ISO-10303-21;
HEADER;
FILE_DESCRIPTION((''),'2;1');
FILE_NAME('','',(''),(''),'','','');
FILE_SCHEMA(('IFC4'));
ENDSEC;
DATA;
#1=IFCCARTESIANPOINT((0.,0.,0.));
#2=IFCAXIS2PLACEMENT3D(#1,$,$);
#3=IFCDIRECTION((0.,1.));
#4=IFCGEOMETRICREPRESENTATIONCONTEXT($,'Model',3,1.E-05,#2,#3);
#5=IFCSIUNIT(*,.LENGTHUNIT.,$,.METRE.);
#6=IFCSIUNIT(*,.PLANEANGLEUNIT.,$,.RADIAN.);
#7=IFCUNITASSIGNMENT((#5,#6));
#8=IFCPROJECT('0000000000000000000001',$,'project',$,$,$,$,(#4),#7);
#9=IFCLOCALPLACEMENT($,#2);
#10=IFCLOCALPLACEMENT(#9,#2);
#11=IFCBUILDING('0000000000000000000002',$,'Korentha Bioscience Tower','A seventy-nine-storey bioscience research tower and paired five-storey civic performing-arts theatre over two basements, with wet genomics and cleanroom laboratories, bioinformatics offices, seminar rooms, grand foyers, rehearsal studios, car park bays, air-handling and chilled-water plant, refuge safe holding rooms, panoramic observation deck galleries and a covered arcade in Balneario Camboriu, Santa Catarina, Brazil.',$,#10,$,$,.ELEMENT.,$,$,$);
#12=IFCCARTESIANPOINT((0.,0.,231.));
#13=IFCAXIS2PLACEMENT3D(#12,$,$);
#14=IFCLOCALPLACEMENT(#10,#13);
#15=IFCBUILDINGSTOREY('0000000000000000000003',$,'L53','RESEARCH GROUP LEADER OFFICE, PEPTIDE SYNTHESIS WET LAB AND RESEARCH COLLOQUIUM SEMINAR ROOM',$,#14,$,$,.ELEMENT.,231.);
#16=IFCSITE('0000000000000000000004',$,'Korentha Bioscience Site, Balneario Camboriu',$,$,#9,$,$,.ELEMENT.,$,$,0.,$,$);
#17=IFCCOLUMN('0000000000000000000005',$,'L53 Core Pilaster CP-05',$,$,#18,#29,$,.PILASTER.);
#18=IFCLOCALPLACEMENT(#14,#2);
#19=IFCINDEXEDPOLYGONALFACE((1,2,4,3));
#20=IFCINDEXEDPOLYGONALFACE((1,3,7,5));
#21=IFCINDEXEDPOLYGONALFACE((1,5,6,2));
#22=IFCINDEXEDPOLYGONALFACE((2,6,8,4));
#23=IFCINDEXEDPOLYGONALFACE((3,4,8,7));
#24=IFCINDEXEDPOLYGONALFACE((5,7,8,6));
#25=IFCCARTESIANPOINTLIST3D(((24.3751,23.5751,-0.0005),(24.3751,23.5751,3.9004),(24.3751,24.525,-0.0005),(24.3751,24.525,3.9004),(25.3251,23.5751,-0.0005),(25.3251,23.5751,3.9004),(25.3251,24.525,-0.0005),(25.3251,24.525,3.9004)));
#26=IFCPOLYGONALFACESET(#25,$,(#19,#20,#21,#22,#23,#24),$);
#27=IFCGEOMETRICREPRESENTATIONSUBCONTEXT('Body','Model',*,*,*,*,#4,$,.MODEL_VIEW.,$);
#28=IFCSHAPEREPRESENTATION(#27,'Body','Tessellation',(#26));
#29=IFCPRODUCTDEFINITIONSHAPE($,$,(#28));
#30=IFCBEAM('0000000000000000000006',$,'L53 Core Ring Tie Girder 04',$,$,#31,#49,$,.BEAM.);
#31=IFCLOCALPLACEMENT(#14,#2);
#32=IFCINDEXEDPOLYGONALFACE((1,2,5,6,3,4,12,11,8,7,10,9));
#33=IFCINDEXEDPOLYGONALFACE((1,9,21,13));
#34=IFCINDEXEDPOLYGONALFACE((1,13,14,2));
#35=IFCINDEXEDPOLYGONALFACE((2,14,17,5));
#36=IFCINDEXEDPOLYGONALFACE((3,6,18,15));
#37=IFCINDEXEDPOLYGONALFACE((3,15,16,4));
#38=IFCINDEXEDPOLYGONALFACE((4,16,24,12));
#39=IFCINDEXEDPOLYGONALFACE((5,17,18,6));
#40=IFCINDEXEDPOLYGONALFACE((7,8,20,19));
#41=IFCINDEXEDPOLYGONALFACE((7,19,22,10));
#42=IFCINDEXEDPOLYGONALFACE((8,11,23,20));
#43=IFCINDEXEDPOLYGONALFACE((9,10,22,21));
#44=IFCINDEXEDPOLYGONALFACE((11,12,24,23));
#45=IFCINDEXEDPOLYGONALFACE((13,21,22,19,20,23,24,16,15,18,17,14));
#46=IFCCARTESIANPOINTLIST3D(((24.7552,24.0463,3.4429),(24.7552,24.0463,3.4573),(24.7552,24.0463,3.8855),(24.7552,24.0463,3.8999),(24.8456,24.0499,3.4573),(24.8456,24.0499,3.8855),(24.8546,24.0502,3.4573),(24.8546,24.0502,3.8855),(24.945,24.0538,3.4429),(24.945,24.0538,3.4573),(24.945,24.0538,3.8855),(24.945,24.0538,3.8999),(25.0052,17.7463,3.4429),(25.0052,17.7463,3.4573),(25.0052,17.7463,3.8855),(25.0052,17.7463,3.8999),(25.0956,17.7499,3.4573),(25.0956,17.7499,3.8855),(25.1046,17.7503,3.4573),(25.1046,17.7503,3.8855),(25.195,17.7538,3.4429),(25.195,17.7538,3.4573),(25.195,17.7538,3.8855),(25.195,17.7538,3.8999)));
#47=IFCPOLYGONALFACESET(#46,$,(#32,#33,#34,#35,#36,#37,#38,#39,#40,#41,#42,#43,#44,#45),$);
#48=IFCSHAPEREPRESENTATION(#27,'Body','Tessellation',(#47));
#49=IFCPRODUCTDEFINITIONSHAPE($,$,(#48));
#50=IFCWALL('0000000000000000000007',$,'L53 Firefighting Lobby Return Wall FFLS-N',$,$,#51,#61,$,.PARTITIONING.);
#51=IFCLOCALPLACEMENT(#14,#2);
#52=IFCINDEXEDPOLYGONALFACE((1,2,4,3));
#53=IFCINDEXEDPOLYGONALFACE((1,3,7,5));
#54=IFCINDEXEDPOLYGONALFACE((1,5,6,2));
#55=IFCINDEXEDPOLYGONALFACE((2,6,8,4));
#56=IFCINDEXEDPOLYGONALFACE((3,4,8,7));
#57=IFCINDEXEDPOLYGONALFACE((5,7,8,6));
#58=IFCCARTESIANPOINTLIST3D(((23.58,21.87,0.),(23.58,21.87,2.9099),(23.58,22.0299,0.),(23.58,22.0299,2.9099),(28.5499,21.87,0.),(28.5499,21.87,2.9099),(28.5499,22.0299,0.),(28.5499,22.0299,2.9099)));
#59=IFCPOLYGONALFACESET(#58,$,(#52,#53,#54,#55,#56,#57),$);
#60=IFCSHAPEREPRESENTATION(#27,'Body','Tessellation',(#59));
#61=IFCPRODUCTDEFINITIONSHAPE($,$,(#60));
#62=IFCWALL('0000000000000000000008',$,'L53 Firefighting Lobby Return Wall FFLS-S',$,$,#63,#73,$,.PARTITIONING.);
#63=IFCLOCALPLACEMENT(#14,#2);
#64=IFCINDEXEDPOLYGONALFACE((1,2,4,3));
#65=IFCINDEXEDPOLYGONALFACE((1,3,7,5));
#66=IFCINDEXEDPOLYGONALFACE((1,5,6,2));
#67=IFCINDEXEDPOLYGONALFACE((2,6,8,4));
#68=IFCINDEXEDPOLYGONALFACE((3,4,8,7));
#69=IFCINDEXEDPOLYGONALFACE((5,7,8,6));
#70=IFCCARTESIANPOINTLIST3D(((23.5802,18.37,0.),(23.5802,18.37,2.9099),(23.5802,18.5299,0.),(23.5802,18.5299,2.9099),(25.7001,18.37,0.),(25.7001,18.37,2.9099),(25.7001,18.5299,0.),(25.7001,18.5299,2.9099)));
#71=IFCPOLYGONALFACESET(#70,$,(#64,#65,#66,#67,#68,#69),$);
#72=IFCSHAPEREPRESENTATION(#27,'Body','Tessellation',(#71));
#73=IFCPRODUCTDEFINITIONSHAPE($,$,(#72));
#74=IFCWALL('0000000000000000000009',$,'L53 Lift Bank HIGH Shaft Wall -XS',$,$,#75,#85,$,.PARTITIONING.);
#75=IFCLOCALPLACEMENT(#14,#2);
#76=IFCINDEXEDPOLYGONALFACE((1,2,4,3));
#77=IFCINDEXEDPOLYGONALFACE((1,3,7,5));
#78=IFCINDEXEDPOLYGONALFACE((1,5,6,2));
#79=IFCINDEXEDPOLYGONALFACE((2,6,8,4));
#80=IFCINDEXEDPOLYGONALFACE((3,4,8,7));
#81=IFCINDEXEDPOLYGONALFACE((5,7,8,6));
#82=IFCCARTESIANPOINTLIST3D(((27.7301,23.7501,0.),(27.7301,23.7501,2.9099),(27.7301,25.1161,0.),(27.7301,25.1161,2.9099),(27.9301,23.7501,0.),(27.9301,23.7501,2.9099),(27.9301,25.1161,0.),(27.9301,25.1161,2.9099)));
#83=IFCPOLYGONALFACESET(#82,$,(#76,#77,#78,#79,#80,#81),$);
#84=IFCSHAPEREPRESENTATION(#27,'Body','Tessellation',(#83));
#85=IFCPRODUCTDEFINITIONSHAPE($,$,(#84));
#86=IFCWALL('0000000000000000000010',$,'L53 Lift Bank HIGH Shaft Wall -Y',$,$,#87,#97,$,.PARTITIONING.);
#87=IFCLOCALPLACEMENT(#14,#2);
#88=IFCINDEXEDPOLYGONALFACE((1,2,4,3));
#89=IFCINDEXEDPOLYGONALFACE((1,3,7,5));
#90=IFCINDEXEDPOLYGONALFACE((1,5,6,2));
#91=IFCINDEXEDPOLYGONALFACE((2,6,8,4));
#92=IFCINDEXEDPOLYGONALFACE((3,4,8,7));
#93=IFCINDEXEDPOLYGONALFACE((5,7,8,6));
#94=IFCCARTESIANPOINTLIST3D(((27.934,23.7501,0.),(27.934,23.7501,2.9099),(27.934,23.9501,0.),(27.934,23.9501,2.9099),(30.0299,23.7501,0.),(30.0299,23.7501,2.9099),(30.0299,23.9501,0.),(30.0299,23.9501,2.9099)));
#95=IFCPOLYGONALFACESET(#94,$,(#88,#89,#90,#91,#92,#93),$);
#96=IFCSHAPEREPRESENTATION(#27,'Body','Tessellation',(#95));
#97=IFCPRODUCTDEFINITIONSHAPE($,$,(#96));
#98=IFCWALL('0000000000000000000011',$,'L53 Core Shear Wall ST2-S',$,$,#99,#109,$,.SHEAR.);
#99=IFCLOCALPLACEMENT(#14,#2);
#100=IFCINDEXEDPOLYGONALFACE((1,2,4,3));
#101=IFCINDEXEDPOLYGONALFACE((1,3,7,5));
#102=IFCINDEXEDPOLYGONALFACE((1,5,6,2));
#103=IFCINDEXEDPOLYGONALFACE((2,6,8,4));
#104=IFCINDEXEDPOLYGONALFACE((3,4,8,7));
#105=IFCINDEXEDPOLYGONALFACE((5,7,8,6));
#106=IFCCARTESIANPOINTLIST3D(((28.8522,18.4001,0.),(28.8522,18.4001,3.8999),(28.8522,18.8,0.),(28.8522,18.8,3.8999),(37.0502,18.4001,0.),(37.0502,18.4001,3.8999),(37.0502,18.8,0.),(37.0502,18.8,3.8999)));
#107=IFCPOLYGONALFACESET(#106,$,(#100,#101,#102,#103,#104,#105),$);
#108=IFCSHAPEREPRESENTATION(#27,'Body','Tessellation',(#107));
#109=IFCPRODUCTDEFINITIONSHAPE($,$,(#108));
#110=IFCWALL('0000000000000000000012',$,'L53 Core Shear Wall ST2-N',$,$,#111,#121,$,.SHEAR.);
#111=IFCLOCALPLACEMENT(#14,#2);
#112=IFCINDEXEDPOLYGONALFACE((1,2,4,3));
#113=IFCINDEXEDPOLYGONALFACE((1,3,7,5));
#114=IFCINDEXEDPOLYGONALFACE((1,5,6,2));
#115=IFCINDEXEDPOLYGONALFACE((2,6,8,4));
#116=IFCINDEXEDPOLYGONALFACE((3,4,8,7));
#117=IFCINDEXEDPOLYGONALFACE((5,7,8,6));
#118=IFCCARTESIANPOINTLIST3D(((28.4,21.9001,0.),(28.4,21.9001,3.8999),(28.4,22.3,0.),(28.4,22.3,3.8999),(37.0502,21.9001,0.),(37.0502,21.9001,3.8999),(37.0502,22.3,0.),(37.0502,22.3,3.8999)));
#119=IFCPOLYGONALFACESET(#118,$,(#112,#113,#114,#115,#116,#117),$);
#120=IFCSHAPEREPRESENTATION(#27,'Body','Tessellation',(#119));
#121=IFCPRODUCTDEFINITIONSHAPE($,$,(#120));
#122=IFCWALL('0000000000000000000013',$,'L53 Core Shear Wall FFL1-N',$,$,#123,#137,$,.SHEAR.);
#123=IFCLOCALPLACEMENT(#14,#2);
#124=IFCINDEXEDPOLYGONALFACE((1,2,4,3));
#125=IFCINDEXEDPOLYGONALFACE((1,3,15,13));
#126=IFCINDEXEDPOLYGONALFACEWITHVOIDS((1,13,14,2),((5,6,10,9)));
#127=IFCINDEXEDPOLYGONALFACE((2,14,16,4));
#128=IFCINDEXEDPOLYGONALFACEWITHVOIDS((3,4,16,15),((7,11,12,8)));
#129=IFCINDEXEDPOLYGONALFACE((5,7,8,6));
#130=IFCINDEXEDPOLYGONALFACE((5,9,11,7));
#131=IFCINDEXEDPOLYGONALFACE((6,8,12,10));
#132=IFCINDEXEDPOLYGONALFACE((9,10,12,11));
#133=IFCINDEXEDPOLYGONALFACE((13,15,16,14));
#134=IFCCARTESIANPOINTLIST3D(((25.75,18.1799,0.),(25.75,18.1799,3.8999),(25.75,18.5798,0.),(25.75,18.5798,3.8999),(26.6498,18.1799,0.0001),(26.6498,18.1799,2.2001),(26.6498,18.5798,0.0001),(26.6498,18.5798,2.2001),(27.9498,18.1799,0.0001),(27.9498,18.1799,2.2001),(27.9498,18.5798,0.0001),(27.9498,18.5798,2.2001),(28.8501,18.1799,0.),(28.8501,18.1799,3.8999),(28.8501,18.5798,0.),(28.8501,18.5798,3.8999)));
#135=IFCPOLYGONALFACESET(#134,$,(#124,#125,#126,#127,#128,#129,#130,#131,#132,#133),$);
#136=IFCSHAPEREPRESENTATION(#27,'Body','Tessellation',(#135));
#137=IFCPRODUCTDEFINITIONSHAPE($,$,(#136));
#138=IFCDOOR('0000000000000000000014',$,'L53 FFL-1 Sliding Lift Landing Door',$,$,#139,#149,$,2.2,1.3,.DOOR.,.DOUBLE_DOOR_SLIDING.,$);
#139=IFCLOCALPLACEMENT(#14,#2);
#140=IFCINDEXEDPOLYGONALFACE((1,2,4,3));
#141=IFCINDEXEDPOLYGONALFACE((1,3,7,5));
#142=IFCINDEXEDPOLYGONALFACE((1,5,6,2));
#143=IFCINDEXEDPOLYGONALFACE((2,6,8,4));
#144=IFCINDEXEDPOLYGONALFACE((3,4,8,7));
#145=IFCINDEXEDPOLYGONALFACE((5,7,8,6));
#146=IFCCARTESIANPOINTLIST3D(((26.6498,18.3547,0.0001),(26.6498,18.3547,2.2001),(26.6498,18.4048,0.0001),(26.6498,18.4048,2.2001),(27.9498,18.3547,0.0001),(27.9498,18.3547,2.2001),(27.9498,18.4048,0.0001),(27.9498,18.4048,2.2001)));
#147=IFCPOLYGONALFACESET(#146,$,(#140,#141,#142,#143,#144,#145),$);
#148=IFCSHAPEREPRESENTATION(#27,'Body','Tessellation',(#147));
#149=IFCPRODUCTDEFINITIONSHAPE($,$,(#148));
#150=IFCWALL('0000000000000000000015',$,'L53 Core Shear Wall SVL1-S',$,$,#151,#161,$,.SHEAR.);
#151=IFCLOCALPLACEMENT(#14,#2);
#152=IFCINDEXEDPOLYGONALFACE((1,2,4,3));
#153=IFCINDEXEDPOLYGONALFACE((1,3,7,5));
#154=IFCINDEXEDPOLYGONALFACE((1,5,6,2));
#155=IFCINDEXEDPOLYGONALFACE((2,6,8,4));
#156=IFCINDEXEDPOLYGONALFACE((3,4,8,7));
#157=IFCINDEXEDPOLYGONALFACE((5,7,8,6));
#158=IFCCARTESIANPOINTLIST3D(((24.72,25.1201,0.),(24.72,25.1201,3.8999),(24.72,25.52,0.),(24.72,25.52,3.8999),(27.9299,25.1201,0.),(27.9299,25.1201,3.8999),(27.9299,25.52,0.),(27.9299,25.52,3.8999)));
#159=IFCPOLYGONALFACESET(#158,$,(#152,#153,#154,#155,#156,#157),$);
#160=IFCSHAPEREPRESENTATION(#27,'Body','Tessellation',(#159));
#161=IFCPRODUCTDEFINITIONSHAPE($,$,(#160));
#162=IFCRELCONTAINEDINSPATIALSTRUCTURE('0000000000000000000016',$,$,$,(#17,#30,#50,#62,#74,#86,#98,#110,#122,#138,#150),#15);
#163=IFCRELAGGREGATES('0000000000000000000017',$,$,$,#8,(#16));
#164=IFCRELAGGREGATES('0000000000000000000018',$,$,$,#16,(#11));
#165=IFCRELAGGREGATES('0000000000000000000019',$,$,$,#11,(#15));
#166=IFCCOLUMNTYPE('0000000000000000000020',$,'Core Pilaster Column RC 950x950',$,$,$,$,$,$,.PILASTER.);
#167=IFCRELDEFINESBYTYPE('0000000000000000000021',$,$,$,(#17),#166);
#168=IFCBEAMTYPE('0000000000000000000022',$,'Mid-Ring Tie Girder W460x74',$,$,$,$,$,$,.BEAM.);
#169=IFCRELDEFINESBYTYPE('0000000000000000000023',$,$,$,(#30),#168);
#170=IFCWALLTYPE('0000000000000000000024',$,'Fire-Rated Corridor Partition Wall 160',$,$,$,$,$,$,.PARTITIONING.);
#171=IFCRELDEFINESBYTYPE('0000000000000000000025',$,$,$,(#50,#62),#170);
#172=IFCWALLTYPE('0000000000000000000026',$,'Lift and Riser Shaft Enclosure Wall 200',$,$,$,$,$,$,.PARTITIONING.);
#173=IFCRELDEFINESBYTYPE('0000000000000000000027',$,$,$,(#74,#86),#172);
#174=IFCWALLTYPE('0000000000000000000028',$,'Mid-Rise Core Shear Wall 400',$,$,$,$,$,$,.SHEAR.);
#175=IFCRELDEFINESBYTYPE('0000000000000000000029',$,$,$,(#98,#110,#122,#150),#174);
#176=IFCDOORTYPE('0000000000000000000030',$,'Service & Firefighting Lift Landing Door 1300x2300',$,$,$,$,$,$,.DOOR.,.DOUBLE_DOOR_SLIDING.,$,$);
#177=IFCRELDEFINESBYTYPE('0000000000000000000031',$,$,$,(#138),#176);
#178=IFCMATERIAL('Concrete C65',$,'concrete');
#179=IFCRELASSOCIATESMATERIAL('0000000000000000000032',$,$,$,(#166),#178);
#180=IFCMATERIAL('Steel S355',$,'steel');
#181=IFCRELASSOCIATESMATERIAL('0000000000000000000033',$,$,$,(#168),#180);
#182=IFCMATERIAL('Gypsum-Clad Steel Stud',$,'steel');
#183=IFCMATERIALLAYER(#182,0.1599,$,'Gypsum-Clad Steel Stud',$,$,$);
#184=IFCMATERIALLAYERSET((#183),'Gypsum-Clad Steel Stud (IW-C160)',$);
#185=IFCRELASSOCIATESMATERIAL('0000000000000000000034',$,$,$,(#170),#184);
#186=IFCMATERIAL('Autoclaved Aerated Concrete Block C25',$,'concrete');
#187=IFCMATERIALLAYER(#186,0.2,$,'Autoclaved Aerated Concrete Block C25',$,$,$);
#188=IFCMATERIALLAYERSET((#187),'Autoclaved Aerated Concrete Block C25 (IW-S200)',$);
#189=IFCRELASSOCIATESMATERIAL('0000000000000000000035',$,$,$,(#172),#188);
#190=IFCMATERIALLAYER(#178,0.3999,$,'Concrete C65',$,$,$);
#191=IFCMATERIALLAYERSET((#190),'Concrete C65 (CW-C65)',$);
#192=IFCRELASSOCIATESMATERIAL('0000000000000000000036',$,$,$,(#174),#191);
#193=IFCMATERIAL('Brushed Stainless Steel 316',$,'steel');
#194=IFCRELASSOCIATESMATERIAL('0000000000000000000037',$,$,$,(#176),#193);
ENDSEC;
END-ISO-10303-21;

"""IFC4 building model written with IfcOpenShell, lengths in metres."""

from ifc_helpers import new_model, si_unit, direction, frame, frame_2d, origin, origin_2d, place, context, subcontext, project, spatial, rectangle, i_section, extrude, material, layer, layer_set, material_profile, profile_set, type_object, element, fill, save


model = new_model("IFC4")

# Units and contexts
model_context = context("Model", 3, precision=1e-05, world=origin(), true_north=direction((0.0, 1.0)))
body_context = subcontext(model_context, "Body", "Model", "MODEL_VIEW")
ifc_project = project(units=[si_unit("LENGTHUNIT", "METRE"), si_unit("PLANEANGLEUNIT", "RADIAN")], contexts=[model_context])

# Site, building, storey
site_placement = place(None, origin())
site = spatial("IfcSite", under=ifc_project, at=site_placement, Name="Korentha Bioscience Site, Balneario Camboriu", CompositionType="ELEMENT", RefElevation=0.0)
building_placement = place(site_placement, origin())
building = spatial("IfcBuilding", under=site, at=building_placement, Name="Korentha Bioscience Tower", Description="A seventy-nine-storey bioscience research tower and paired five-storey civic performing-arts theatre over two basements, with wet genomics and cleanroom laboratories, bioinformatics offices, seminar rooms, grand foyers, rehearsal studios, car park bays, air-handling and chilled-water plant, refuge safe holding rooms, panoramic observation deck galleries and a covered arcade in Balneario Camboriu, Santa Catarina, Brazil.", CompositionType="ELEMENT")
storey_placement = place(building_placement, frame((0.0, 0.0, 231.0)))
storey = spatial("IfcBuildingStorey", under=building, at=storey_placement, Name="L53", Description="RESEARCH GROUP LEADER OFFICE, PEPTIDE SYNTHESIS WET LAB AND RESEARCH COLLOQUIUM SEMINAR ROOM", CompositionType="ELEMENT", Elevation=231.0)

# Column
ifc_material_1 = material(Name="Concrete C65", Category="concrete")
ifc_material_profile_1 = material_profile(ifc_material_1, rectangle(XDim=0.95, YDim=0.95, at=origin_2d()), Name="Concrete C65")
ifc_profile_set_1 = profile_set([ifc_material_profile_1], Name="Concrete C65 (COL-CP09)")
column_type = type_object("IfcColumnType", Name="Core Pilaster Column RC 950x950", PredefinedType="PILASTER", material=ifc_profile_set_1)
column_placement = place(storey_placement, frame((24.8501, 24.05, -0.0005), z_axis=(0.0, 0.0, 1.0), x_axis=(1.0, 0.0, 0.0)))
element("IfcColumn", 1, at=column_placement, inside=storey, type_object=column_type, Name="L53 Core Pilaster CP-05", PredefinedType="PILASTER", context=body_context, shape_type="SweptSolid", body=[
    extrude(rectangle(XDim=0.95, YDim=0.95, at=origin_2d()), origin(), (0.0, 0.0, 1.0), 3.9009),
])

# Beam
ifc_material_2 = material(Name="Steel S355", Category="steel")
ifc_material_profile_2 = material_profile(ifc_material_2, i_section(OverallWidth=0.1899, OverallDepth=0.457, WebThickness=0.009, FlangeThickness=0.0144, at=origin_2d()), Name="Steel S355")
ifc_profile_set_2 = profile_set([ifc_material_profile_2], Name="Steel S355 (MB-460)")
beam_type = type_object("IfcBeamType", Name="Mid-Ring Tie Girder W460x74", PredefinedType="BEAM", material=ifc_profile_set_2)
beam_placement = place(storey_placement, frame((24.8501, 24.05, 3.6714), z_axis=(0.039651, -0.999214, 0.0), x_axis=(0.999214, 0.039651, 0.0)))
element("IfcBeam", 2, at=beam_placement, inside=storey, type_object=beam_type, Name="L53 Core Ring Tie Girder 04", PredefinedType="BEAM", context=body_context, shape_type="SweptSolid", body=[
    extrude(i_section(OverallWidth=0.1899, OverallDepth=0.457, WebThickness=0.009, FlangeThickness=0.0144, at=origin_2d()), origin(), (0.0, 0.0, 1.0), 6.3049),
])

# Shared definitions
ifc_material_3 = material(Name="Gypsum-Clad Steel Stud", Category="steel")
ifc_layer_1 = layer(ifc_material_3, 0.1599, Name="Gypsum-Clad Steel Stud")
ifc_layer_set_1 = layer_set([ifc_layer_1], Name="Gypsum-Clad Steel Stud (IW-C160)")
wall_type_1 = type_object("IfcWallType", Name="Fire-Rated Corridor Partition Wall 160", PredefinedType="PARTITIONING", material=ifc_layer_set_1)

# Walls
wall_1_placement = place(storey_placement, frame((23.5801, 21.95, 0.0), z_axis=(0.0, 0.0, 1.0), x_axis=(1.0, 0.0, 0.0)))
element("IfcWall", 3, at=wall_1_placement, inside=storey, type_object=wall_type_1, Name="L53 Firefighting Lobby Return Wall FFLS-N", PredefinedType="PARTITIONING", context=body_context, shape_type="SweptSolid", body=[
    extrude(rectangle(XDim=4.97, YDim=0.1599, at=frame_2d((2.4849, 0.0))), origin(), (0.0, 0.0, 1.0), 2.9099),
])
wall_2_placement = place(storey_placement, frame((23.5801, 18.45, 0.0), z_axis=(0.0, 0.0, 1.0), x_axis=(1.0, 0.0, 0.0)))
element("IfcWall", 4, at=wall_2_placement, inside=storey, type_object=wall_type_1, Name="L53 Firefighting Lobby Return Wall FFLS-S", PredefinedType="PARTITIONING", context=body_context, shape_type="SweptSolid", body=[
    extrude(rectangle(XDim=2.1199, YDim=0.1599, at=frame_2d((1.0601, 0.0))), origin(), (0.0, 0.0, 1.0), 2.9099),
])
ifc_material_4 = material(Name="Autoclaved Aerated Concrete Block C25", Category="concrete")
ifc_layer_2 = layer(ifc_material_4, 0.2, Name="Autoclaved Aerated Concrete Block C25")
ifc_layer_set_2 = layer_set([ifc_layer_2], Name="Autoclaved Aerated Concrete Block C25 (IW-S200)")
wall_type_2 = type_object("IfcWallType", Name="Lift and Riser Shaft Enclosure Wall 200", PredefinedType="PARTITIONING", material=ifc_layer_set_2)
wall_3_placement = place(storey_placement, frame((27.8301, 23.75, 0.0), z_axis=(0.0, 0.0, 1.0), x_axis=(0.0, 1.0, 0.0)))
element("IfcWall", 5, at=wall_3_placement, inside=storey, type_object=wall_type_2, Name="L53 Lift Bank HIGH Shaft Wall -XS", PredefinedType="PARTITIONING", context=body_context, shape_type="SweptSolid", body=[
    extrude(rectangle(XDim=1.366, YDim=0.2, at=frame_2d((0.6831, 0.0))), origin(), (0.0, 0.0, 1.0), 2.9099),
])
wall_4_placement = place(storey_placement, frame((27.9341, 23.8501, 0.0), z_axis=(0.0, 0.0, 1.0), x_axis=(1.0, 0.0, 0.0)))
element("IfcWall", 6, at=wall_4_placement, inside=storey, type_object=wall_type_2, Name="L53 Lift Bank HIGH Shaft Wall -Y", PredefinedType="PARTITIONING", context=body_context, shape_type="SweptSolid", body=[
    extrude(rectangle(XDim=2.0959, YDim=0.2, at=frame_2d((1.0479, 0.0))), origin(), (0.0, 0.0, 1.0), 2.9099),
])
ifc_layer_3 = layer(ifc_material_1, 0.3999, Name="Concrete C65")
ifc_layer_set_3 = layer_set([ifc_layer_3], Name="Concrete C65 (CW-C65)")
wall_type_3 = type_object("IfcWallType", Name="Mid-Rise Core Shear Wall 400", PredefinedType="SHEAR", material=ifc_layer_set_3)
wall_5_placement = place(storey_placement, frame((28.8521, 18.6001, 0.0), z_axis=(0.0, 0.0, 1.0), x_axis=(1.0, 0.0, 0.0)))
element("IfcWall", 7, at=wall_5_placement, inside=storey, type_object=wall_type_3, Name="L53 Core Shear Wall ST2-S", PredefinedType="SHEAR", context=body_context, shape_type="SweptSolid", body=[
    extrude(rectangle(XDim=8.198, YDim=0.3999, at=frame_2d((4.0991, 0.0))), origin(), (0.0, 0.0, 1.0), 3.8999),
])
wall_6_placement = place(storey_placement, frame((28.3999, 22.1001, 0.0), z_axis=(0.0, 0.0, 1.0), x_axis=(1.0, 0.0, 0.0)))
element("IfcWall", 8, at=wall_6_placement, inside=storey, type_object=wall_type_3, Name="L53 Core Shear Wall ST2-N", PredefinedType="SHEAR", context=body_context, shape_type="SweptSolid", body=[
    extrude(rectangle(XDim=8.6501, YDim=0.3999, at=frame_2d((4.3252, 0.0))), origin(), (0.0, 0.0, 1.0), 3.8999),
])

# Wall, opening, door
wall_7_placement = place(storey_placement, frame((25.75, 18.3799, 0.0), z_axis=(0.0, 0.0, 1.0), x_axis=(1.0, 0.0, 0.0)))
wall_7 = element("IfcWall", 9, at=wall_7_placement, inside=storey, type_object=wall_type_3, Name="L53 Core Shear Wall FFL1-N", PredefinedType="SHEAR", context=body_context, shape_type="SweptSolid", body=[
    extrude(rectangle(XDim=3.1001, YDim=0.3999, at=frame_2d((1.55, 0.0))), origin(), (0.0, 0.0, 1.0), 3.8999),
])
opening_1_placement = place(wall_7_placement, frame((0.8999, 0.0, 0.0)))
opening_1 = element("IfcOpeningElement", 10, at=opening_1_placement, cuts=wall_7, PredefinedType="OPENING", context=body_context, shape_type="SweptSolid", body=[
    extrude(rectangle(XDim=1.3, YDim=2.2, at=frame_2d((0.6499, 1.1001))), frame((0.0, 0.2148, 0.0), z_axis=(0.0, -1.0, 0.0), x_axis=(1.0, 0.0, 0.0)), (0.0, 0.0, 1.0), 0.4297),
])
ifc_material_5 = material(Name="Brushed Stainless Steel 316", Category="steel")
door_type_1 = type_object("IfcDoorType", Name="Service & Firefighting Lift Landing Door 1300x2300", OperationType="DOUBLE_DOOR_SLIDING", PredefinedType="DOOR", material=ifc_material_5)
door_1_placement = place(opening_1_placement, origin())
door_1 = element("IfcDoor", 11, at=door_1_placement, inside=storey, type_object=door_type_1, Name="L53 FFL-1 Sliding Lift Landing Door", OperationType="DOUBLE_DOOR_SLIDING", OverallHeight=2.2, OverallWidth=1.3, PredefinedType="DOOR", context=body_context, shape_type="SweptSolid", body=[
    extrude(rectangle(XDim=1.3, YDim=2.2, at=frame_2d((0.6499, 1.1001))), frame((0.0, 0.0249, 0.0), z_axis=(0.0, -1.0, 0.0), x_axis=(1.0, 0.0, 0.0)), (0.0, 0.0, 1.0), 0.05),
])
fill(opening_1, door_1)

# Wall
wall_8_placement = place(storey_placement, frame((24.72, 25.3201, 0.0), z_axis=(0.0, 0.0, 1.0), x_axis=(1.0, 0.0, 0.0)))
element("IfcWall", 12, at=wall_8_placement, inside=storey, type_object=wall_type_3, Name="L53 Core Shear Wall SVL1-S", PredefinedType="SHEAR", context=body_context, shape_type="SweptSolid", body=[
    extrude(rectangle(XDim=3.21, YDim=0.3999, at=frame_2d((1.605, 0.0))), origin(), (0.0, 0.0, 1.0), 3.8999),
])

save(model, "model.ifc")
